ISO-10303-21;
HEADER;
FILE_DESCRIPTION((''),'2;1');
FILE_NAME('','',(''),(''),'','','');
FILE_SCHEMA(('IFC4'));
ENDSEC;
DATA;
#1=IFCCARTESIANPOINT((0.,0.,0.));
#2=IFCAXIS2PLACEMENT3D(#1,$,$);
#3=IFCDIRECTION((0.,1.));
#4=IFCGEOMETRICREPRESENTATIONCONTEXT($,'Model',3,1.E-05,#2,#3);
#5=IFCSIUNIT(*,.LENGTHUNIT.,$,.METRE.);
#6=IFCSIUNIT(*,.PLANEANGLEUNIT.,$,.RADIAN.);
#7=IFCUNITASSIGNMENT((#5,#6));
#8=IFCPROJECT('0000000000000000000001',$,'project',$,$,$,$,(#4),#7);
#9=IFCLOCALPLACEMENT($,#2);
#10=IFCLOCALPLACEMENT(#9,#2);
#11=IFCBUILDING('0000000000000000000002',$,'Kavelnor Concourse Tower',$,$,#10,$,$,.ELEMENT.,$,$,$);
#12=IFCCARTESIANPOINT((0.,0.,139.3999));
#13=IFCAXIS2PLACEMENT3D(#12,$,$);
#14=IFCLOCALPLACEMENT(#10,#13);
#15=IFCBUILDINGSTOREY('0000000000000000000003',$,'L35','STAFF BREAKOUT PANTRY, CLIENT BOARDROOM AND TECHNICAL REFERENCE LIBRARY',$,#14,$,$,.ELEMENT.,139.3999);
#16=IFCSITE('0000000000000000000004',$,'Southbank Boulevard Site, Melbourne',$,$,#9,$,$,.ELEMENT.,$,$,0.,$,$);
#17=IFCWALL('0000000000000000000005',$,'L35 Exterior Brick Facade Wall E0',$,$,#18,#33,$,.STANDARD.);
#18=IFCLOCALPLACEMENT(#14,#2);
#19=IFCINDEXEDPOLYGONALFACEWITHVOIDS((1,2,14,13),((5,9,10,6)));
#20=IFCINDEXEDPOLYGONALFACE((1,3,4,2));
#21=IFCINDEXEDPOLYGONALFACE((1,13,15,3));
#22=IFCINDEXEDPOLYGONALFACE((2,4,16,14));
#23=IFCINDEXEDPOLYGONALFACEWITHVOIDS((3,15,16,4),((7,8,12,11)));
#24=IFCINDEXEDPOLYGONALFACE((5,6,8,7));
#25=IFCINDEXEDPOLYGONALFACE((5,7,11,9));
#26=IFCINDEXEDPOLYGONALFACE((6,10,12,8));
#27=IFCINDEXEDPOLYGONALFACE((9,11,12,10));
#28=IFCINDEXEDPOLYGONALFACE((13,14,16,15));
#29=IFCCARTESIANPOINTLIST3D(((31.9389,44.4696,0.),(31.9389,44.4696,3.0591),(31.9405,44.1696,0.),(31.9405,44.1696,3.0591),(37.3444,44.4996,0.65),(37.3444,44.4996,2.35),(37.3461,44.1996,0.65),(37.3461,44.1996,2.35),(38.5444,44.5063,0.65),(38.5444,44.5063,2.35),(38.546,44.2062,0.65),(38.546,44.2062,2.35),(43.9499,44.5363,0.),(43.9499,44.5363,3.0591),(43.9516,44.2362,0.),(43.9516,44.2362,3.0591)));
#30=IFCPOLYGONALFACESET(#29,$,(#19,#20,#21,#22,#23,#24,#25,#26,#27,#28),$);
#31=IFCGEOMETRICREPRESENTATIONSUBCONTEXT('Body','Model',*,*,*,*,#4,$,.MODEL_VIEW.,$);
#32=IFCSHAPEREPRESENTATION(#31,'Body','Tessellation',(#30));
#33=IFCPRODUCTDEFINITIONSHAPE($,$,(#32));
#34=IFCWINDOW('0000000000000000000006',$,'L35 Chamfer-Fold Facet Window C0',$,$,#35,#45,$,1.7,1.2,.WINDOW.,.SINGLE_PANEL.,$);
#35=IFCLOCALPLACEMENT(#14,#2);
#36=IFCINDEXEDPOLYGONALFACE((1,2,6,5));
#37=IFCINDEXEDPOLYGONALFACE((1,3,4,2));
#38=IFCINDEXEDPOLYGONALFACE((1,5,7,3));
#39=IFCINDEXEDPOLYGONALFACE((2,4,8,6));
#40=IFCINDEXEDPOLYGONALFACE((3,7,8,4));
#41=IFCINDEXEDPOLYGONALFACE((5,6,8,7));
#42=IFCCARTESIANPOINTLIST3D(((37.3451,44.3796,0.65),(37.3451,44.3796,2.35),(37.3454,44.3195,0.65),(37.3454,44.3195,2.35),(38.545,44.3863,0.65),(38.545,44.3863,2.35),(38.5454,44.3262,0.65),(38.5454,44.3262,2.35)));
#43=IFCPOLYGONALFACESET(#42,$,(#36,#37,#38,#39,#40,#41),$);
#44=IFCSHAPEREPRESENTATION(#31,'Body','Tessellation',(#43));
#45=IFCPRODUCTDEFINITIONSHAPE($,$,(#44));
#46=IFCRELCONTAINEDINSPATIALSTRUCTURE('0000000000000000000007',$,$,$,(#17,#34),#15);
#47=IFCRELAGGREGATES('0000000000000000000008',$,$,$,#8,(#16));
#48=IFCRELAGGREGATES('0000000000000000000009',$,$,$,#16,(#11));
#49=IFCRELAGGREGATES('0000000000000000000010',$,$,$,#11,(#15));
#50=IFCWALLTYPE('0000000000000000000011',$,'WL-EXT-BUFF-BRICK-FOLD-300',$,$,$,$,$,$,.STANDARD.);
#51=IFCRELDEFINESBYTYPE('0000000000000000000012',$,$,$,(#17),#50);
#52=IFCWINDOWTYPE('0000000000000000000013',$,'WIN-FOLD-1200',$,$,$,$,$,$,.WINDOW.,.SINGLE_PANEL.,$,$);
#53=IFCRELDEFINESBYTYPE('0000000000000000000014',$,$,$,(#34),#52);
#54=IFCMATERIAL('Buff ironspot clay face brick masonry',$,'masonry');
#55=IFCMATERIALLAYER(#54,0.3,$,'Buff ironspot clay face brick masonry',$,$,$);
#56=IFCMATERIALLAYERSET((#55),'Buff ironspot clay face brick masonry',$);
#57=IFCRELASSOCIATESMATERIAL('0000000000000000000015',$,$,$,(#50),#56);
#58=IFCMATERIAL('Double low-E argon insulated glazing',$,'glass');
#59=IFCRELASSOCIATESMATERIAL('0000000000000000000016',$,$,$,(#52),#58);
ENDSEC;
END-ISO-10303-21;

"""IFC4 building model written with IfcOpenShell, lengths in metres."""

from ifc_helpers import new_model, si_unit, direction, frame, frame_2d, origin, place, context, subcontext, project, spatial, rectangle, extrude, material, layer, layer_set, type_object, element, fill, save


model = new_model("IFC4")

# Units and contexts
model_context = context("Model", 3, precision=1e-05, world=origin(), true_north=direction((0.0, 1.0)))
body_context = subcontext(model_context, "Body", "Model", "MODEL_VIEW")
ifc_project = project(units=[si_unit("LENGTHUNIT", "METRE"), si_unit("PLANEANGLEUNIT", "RADIAN")], contexts=[model_context])

# Site, building, storey
site_placement = place(None, origin())
site = spatial("IfcSite", under=ifc_project, at=site_placement, Name="Southbank Boulevard Site, Melbourne", CompositionType="ELEMENT", RefElevation=0.0)
building_placement = place(site_placement, origin())
building = spatial("IfcBuilding", under=site, at=building_placement, Name="Kavelnor Concourse Tower", CompositionType="ELEMENT")
storey_placement = place(building_placement, frame((0.0, 0.0, 139.3999)))
storey = spatial("IfcBuildingStorey", under=building, at=storey_placement, Name="L35", Description="STAFF BREAKOUT PANTRY, CLIENT BOARDROOM AND TECHNICAL REFERENCE LIBRARY", CompositionType="ELEMENT", Elevation=139.3999)

# Wall, opening, window
ifc_material_1 = material(Name="Buff ironspot clay face brick masonry", Category="masonry")
ifc_layer_1 = layer(ifc_material_1, 0.3, Name="Buff ironspot clay face brick masonry")
ifc_layer_set_1 = layer_set([ifc_layer_1], Name="Buff ironspot clay face brick masonry")
wall_type = type_object("IfcWallType", Name="WL-EXT-BUFF-BRICK-FOLD-300", PredefinedType="STANDARD", material=ifc_layer_set_1)
wall_placement = place(storey_placement, frame((31.9397, 44.3196, 0.0), z_axis=(0.0, 0.0, 1.0), x_axis=(0.999985, 0.005549, 0.0)))
wall = element("IfcWall", 1, at=wall_placement, inside=storey, type_object=wall_type, Name="L35 Exterior Brick Facade Wall E0", PredefinedType="STANDARD", context=body_context, shape_type="SweptSolid", body=[
    extrude(rectangle(XDim=12.0112, YDim=0.3, at=frame_2d((6.0056, 0.0))), origin(), (0.0, 0.0, 1.0), 3.0591),
])
opening_placement = place(wall_placement, frame((5.4055, 0.0, 0.6499)))
opening = element("IfcOpeningElement", 2, at=opening_placement, cuts=wall, PredefinedType="OPENING", context=body_context, shape_type="SweptSolid", body=[
    extrude(rectangle(XDim=1.2, YDim=1.7, at=frame_2d((0.6001, 0.8501))), frame((0.0, 0.1602, 0.0), z_axis=(0.0, -1.0, 0.0), x_axis=(1.0, 0.0, 0.0)), (0.0, 0.0, 1.0), 0.3201),
])
ifc_material_2 = material(Name="Double low-E argon insulated glazing", Category="glass")
window_type = type_object("IfcWindowType", Name="WIN-FOLD-1200", PartitioningType="SINGLE_PANEL", PredefinedType="WINDOW", material=ifc_material_2)
window_placement = place(opening_placement, origin())
window = element("IfcWindow", 3, at=window_placement, inside=storey, type_object=window_type, Name="L35 Chamfer-Fold Facet Window C0", OverallHeight=1.7, OverallWidth=1.2, PartitioningType="SINGLE_PANEL", PredefinedType="WINDOW", context=body_context, shape_type="SweptSolid", body=[
    extrude(rectangle(XDim=1.2, YDim=1.7, at=frame_2d((0.6001, 0.8501))), frame((0.0, 0.03, 0.0), z_axis=(0.0, -1.0, 0.0), x_axis=(1.0, 0.0, 0.0)), (0.0, 0.0, 1.0), 0.0601),
])
fill(opening, window)

save(model, "model.ifc")
